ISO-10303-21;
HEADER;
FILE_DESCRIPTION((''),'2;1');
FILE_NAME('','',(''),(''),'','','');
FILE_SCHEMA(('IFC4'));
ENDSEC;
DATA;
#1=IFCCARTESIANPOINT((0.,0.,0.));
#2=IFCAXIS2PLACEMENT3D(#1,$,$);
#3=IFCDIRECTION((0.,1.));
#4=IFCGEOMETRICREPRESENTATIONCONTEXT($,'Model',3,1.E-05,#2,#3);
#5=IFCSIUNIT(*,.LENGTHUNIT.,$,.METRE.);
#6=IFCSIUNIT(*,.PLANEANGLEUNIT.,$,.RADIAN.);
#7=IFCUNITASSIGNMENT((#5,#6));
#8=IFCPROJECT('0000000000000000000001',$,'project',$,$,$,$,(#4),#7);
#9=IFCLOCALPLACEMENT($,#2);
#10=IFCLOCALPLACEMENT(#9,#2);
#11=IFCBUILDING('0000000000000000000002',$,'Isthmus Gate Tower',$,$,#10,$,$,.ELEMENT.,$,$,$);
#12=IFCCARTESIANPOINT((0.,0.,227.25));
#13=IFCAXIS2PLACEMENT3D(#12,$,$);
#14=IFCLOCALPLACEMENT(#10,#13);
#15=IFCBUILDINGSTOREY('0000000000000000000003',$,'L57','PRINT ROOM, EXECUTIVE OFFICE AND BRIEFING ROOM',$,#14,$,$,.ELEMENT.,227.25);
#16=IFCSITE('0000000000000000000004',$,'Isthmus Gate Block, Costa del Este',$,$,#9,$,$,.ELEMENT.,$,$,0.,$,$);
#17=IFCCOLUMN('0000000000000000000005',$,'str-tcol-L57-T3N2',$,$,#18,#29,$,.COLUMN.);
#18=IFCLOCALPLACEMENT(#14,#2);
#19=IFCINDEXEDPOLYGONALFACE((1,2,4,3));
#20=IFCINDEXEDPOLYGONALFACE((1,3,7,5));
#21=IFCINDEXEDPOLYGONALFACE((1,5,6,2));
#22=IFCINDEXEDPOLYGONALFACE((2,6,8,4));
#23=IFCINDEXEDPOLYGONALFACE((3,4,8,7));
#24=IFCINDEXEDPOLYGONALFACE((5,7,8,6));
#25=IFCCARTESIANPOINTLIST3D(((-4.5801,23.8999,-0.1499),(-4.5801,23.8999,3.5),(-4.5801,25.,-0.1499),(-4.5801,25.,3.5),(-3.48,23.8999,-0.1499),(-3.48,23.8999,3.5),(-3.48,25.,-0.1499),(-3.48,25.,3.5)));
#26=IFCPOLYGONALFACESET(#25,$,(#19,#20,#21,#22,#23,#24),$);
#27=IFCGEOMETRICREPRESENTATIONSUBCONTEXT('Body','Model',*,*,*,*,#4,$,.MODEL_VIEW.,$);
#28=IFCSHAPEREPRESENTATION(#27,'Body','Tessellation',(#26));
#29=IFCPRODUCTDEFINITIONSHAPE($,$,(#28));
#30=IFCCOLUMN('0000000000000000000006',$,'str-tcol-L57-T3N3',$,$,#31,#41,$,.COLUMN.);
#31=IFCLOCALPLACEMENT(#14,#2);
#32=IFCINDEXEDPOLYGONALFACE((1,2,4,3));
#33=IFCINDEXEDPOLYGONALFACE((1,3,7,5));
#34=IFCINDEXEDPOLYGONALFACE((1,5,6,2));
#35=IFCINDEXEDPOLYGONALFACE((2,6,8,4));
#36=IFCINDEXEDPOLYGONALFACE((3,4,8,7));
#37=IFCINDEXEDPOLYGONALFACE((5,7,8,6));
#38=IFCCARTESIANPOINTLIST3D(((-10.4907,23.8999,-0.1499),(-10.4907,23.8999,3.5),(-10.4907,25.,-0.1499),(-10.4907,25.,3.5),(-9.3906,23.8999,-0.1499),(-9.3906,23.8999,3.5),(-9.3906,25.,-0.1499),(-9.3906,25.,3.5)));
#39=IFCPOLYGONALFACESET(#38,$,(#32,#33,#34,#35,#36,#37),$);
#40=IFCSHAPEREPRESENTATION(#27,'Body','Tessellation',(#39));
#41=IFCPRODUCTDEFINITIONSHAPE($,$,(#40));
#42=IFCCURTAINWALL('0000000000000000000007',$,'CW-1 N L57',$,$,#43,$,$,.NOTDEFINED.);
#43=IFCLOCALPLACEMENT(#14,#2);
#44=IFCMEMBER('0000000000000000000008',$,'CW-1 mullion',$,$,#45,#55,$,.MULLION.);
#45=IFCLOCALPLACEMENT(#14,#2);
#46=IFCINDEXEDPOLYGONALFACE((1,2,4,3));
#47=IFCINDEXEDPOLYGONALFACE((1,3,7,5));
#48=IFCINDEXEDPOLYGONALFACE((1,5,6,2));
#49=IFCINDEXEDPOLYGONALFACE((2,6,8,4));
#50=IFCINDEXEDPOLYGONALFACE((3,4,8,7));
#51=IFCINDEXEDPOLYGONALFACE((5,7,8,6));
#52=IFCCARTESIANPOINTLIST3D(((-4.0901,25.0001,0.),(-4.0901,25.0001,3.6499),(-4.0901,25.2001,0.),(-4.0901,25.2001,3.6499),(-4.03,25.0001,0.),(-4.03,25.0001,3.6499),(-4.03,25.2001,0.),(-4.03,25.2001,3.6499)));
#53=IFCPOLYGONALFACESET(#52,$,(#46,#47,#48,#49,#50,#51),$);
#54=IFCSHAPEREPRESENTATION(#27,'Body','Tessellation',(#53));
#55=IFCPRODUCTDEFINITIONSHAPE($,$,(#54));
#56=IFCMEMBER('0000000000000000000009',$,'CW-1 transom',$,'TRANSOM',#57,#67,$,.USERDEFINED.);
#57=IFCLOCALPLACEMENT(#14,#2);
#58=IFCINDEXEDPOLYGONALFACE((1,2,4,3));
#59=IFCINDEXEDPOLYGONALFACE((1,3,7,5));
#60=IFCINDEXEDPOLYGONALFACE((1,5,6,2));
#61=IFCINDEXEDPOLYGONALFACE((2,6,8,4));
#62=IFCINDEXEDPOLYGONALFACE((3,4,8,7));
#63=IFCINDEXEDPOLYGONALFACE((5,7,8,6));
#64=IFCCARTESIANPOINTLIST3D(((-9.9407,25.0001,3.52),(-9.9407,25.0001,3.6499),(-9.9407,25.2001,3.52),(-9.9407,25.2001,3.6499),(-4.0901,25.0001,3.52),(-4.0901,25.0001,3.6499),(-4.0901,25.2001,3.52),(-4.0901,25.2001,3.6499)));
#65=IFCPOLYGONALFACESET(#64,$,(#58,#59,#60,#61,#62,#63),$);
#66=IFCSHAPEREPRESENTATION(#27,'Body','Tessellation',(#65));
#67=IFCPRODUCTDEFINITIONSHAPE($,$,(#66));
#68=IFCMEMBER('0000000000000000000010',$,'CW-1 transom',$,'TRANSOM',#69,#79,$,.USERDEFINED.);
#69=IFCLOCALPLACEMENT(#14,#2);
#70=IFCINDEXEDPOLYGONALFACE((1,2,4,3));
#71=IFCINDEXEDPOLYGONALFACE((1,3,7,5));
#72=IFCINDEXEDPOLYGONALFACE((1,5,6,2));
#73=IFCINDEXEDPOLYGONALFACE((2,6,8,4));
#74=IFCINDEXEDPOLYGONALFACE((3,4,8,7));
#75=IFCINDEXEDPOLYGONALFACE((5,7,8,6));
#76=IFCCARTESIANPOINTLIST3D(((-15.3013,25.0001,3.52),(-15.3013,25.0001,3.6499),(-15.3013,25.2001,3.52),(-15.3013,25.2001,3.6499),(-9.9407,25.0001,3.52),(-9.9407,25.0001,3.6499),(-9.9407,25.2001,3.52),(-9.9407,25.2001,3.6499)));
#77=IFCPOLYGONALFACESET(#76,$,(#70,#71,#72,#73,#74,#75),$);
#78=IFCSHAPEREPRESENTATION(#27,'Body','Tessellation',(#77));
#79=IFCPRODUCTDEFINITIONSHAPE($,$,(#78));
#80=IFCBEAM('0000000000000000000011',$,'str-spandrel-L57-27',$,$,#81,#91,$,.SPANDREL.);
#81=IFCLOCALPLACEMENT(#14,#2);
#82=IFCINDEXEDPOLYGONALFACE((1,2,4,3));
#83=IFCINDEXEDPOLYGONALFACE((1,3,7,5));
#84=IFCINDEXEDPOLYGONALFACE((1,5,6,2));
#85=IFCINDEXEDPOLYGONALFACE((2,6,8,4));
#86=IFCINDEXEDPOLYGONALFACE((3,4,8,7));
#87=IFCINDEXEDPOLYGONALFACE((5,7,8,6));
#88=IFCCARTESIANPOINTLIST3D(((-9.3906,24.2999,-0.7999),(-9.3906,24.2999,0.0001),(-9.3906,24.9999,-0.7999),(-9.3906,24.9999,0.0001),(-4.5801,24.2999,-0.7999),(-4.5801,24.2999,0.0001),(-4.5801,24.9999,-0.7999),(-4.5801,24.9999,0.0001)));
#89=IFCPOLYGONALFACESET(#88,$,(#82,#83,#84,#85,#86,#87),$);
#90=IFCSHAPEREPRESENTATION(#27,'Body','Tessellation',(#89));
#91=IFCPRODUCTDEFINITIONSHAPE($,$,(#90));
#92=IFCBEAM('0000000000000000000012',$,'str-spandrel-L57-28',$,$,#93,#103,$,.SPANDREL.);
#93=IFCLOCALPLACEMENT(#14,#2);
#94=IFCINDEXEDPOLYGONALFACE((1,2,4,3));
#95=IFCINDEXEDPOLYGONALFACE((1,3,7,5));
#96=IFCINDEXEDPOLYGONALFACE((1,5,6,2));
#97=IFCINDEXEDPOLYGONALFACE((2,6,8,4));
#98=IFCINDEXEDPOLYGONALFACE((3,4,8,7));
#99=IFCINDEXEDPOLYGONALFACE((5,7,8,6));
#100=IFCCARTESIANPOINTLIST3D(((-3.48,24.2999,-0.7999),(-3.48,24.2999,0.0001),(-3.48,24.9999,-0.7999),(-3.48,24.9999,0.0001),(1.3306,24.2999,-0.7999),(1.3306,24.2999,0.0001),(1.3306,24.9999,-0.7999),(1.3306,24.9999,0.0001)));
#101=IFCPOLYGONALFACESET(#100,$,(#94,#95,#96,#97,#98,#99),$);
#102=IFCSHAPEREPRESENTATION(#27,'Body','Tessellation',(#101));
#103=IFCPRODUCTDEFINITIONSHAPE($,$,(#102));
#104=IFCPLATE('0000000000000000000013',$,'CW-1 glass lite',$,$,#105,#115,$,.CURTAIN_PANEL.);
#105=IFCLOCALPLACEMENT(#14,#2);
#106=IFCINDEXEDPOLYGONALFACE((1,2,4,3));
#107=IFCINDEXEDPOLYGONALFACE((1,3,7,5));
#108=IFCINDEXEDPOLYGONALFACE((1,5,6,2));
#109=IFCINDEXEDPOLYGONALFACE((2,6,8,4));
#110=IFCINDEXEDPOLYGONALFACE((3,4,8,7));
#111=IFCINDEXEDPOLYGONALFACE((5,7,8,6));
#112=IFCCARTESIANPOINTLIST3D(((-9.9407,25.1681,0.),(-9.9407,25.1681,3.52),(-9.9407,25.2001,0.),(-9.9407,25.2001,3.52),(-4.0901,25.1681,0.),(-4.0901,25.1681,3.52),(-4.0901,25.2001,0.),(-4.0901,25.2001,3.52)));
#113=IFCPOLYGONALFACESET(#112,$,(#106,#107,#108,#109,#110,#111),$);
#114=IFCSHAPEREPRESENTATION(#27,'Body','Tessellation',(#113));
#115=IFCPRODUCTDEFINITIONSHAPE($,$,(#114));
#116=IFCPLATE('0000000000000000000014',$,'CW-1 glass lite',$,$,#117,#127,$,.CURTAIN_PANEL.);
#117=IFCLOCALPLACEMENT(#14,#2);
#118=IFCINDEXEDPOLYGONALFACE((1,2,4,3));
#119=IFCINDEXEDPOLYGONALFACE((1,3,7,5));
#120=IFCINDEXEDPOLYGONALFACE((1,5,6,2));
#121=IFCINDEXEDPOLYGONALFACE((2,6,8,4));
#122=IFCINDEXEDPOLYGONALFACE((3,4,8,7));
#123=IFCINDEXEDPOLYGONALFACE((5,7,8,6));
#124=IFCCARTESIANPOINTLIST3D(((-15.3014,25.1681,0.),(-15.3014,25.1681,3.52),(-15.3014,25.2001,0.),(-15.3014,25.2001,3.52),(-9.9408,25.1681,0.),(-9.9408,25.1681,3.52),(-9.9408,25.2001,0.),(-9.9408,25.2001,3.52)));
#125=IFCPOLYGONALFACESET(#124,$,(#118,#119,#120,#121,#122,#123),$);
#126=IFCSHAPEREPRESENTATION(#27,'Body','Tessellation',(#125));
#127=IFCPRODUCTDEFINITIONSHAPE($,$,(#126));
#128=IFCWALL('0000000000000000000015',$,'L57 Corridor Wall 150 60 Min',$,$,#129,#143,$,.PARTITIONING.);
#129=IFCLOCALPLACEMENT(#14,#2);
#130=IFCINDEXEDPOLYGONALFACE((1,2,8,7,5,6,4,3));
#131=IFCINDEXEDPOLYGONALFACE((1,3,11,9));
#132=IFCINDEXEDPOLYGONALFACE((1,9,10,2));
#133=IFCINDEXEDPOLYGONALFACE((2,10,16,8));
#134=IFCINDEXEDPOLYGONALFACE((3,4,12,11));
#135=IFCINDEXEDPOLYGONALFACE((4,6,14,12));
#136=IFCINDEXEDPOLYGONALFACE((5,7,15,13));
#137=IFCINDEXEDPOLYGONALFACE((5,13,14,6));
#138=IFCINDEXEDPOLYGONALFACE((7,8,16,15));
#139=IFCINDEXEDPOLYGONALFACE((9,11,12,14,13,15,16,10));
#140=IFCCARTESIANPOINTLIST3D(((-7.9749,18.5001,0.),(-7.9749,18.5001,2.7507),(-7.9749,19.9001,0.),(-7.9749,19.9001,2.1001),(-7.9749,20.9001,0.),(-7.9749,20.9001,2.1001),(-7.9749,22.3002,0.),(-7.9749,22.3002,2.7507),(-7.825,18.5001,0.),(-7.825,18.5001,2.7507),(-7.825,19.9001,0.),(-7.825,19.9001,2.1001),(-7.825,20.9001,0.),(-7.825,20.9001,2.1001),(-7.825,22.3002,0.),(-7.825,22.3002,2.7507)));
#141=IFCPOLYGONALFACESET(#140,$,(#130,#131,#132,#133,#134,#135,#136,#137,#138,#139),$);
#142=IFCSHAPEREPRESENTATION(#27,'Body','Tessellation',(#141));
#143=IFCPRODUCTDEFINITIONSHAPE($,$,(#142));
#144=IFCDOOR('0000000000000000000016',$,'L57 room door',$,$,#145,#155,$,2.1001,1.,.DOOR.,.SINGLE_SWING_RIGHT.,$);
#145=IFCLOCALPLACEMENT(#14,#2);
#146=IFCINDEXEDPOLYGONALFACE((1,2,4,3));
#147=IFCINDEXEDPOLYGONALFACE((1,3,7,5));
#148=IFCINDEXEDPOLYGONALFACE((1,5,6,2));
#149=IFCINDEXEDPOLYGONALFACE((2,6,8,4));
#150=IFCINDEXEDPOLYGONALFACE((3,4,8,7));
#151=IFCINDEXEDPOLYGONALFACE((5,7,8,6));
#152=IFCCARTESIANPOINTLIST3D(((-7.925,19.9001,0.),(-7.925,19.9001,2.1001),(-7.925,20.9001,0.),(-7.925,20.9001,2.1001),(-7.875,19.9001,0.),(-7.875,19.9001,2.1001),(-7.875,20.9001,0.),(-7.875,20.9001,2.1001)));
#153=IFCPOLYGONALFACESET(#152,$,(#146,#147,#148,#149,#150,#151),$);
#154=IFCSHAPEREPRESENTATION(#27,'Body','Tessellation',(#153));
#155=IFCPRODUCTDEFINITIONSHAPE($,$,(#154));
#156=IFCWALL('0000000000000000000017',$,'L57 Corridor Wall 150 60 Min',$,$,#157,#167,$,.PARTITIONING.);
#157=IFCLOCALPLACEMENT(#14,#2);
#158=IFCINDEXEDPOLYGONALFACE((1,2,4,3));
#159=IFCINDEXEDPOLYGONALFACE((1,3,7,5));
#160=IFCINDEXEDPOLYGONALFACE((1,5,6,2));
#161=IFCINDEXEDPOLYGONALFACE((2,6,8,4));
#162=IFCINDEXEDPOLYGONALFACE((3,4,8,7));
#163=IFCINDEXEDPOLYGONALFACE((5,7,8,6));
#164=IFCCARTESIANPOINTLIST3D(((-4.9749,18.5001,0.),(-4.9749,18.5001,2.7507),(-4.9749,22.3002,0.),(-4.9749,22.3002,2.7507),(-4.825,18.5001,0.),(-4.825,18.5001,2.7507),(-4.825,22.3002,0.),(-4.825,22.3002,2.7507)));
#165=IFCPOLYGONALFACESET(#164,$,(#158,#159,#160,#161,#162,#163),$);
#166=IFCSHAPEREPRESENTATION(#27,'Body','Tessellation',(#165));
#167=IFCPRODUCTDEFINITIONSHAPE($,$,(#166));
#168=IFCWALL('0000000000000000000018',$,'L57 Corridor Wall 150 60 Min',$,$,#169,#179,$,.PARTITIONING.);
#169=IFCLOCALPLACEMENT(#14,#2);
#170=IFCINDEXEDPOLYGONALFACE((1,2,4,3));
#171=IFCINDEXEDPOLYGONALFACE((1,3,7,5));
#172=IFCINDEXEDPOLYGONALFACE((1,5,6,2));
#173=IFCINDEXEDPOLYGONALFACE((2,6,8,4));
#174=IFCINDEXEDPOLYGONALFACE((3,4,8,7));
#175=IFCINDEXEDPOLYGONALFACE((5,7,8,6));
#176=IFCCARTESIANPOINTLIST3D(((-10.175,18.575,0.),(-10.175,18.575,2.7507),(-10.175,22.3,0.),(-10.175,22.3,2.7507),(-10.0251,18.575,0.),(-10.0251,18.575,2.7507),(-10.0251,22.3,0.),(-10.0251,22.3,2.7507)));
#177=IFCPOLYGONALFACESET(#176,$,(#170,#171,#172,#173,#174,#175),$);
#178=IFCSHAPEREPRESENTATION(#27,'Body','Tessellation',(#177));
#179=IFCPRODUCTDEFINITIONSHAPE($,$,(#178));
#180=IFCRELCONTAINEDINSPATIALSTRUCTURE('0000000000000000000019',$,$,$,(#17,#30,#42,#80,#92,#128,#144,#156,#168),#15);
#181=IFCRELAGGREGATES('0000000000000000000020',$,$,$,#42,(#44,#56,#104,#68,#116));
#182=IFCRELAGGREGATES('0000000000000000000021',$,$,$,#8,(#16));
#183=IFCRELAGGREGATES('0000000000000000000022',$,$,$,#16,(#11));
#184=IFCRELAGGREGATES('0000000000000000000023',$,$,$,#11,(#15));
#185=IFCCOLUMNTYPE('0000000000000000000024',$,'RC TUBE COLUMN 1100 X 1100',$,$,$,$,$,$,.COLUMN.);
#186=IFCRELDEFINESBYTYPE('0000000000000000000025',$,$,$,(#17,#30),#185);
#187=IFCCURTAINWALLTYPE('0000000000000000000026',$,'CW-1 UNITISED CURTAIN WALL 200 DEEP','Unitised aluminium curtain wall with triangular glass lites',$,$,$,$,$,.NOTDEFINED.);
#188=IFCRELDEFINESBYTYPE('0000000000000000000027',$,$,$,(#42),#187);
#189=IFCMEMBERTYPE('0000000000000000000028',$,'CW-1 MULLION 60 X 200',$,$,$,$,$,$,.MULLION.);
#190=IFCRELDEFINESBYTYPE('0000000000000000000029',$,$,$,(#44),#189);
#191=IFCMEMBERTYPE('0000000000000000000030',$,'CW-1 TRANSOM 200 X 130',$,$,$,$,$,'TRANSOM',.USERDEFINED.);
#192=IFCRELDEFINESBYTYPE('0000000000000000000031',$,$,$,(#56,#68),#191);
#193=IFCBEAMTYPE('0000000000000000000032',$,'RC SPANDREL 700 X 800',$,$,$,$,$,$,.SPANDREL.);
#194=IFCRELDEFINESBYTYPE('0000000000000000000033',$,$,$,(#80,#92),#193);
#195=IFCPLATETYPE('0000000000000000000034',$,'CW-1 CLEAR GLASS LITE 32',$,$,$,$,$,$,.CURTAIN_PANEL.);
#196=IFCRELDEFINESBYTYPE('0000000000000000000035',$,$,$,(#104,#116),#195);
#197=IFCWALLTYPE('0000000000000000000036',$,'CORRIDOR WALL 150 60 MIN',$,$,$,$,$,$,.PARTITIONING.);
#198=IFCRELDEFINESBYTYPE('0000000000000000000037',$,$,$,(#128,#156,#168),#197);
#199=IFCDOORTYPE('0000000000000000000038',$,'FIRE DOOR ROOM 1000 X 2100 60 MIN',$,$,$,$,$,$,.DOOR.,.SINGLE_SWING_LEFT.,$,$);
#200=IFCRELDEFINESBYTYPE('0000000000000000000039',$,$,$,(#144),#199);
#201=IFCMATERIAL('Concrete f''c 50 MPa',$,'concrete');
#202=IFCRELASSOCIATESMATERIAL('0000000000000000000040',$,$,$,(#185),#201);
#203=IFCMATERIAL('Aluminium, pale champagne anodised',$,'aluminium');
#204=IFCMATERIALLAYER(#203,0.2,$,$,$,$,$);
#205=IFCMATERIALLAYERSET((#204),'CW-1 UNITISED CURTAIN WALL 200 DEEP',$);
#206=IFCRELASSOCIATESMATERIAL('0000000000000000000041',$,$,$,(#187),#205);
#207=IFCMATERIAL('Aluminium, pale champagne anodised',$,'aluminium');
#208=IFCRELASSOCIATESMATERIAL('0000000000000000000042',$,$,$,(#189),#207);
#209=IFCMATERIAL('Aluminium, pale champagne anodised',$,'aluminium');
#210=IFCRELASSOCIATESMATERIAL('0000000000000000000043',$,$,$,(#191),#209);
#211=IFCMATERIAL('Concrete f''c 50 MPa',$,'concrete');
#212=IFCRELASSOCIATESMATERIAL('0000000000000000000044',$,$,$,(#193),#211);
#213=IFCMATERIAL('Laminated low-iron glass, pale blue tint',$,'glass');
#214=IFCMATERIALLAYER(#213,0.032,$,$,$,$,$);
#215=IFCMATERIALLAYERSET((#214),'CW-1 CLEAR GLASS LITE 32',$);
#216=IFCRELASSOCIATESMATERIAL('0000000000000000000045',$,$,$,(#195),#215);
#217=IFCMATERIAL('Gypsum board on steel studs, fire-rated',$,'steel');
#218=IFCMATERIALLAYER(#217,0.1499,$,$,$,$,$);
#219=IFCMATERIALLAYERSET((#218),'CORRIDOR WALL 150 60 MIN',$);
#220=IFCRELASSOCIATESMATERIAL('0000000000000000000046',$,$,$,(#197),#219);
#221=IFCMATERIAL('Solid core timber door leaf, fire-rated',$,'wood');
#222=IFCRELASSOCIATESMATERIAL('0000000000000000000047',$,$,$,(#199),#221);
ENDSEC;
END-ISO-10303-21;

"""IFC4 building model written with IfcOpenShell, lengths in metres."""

from ifc_helpers import new_model, si_unit, direction, frame, frame_2d, origin, origin_2d, place, context, subcontext, project, spatial, rectangle, extrude, material, layer, layer_set, material_profile, profile_set, type_object, element, fill, aggregate, save


model = new_model("IFC4")

# Units and contexts
model_context = context("Model", 3, precision=1e-05, world=origin(), true_north=direction((0.0, 1.0)))
body_context = subcontext(model_context, "Body", "Model", "MODEL_VIEW")
ifc_project = project(units=[si_unit("LENGTHUNIT", "METRE"), si_unit("PLANEANGLEUNIT", "RADIAN")], contexts=[model_context])

# Site, building, storey
site_placement = place(None, origin())
site = spatial("IfcSite", under=ifc_project, at=site_placement, Name="Isthmus Gate Block, Costa del Este", CompositionType="ELEMENT", RefElevation=0.0)
building_placement = place(site_placement, origin())
building = spatial("IfcBuilding", under=site, at=building_placement, Name="Isthmus Gate Tower", CompositionType="ELEMENT")
storey_placement = place(building_placement, frame((0.0, 0.0, 227.25)))
storey = spatial("IfcBuildingStorey", under=building, at=storey_placement, Name="L57", Description="PRINT ROOM, EXECUTIVE OFFICE AND BRIEFING ROOM", CompositionType="ELEMENT", Elevation=227.25)

# Columns
ifc_material_1 = material(Name="Concrete f'c 50 MPa", Category="concrete")
ifc_material_profile_1 = material_profile(ifc_material_1, rectangle(XDim=1.1001, YDim=1.1001, at=origin_2d()), Name="RC 1100X1100")
ifc_profile_set_1 = profile_set([ifc_material_profile_1], Name="Concrete f'c 50 MPa")
column_type = type_object("IfcColumnType", Name="RC TUBE COLUMN 1100 X 1100", PredefinedType="COLUMN", material=ifc_profile_set_1)
for number, where, z_axis, x_axis, name in (
    (1, (-4.03, 24.45, -0.1499), (0.0, 0.0, 1.0), (-1.0, 0.0, 0.0), "str-tcol-L57-T3N2"),
    (2, (-9.9407, 24.45, -0.1499), (0.0, 0.0, 1.0), (-1.0, 0.0, 0.0), "str-tcol-L57-T3N3"),
):
    element("IfcColumn", number, at=place(storey_placement, frame(where, z_axis=z_axis, x_axis=x_axis)), inside=storey, type_object=column_type, Name=name, PredefinedType="COLUMN", context=body_context, shape_type="SweptSolid", body=[
        extrude(rectangle(XDim=1.1001, YDim=1.1001, at=origin_2d()), origin(), (0.0, 0.0, 1.0), 3.6499),
    ])

# Curtain wall, members
ifc_material_2 = material(Name="Aluminium, pale champagne anodised", Category="aluminium")
ifc_layer_1 = layer(ifc_material_2, 0.2)
ifc_layer_set_1 = layer_set([ifc_layer_1], Name="CW-1 UNITISED CURTAIN WALL 200 DEEP")
curtain_wall_type = type_object("IfcCurtainWallType", Name="CW-1 UNITISED CURTAIN WALL 200 DEEP", Description="Unitised aluminium curtain wall with triangular glass lites", PredefinedType="NOTDEFINED", material=ifc_layer_set_1)
curtain_wall_placement = place(storey_placement, origin())
curtain_wall = element("IfcCurtainWall", 3, at=curtain_wall_placement, inside=storey, type_object=curtain_wall_type, Name="CW-1 N L57", PredefinedType="NOTDEFINED")
ifc_material_3 = material(Name="Aluminium, pale champagne anodised", Category="aluminium")
ifc_material_profile_2 = material_profile(ifc_material_3, rectangle(XDim=0.0601, YDim=0.2, at=origin_2d()), Name="60x200")
ifc_profile_set_2 = profile_set([ifc_material_profile_2], Name="Aluminium, pale champagne anodised")
member_type_1 = type_object("IfcMemberType", Name="CW-1 MULLION 60 X 200", PredefinedType="MULLION", material=ifc_profile_set_2)
member_1_placement = place(storey_placement, frame((-4.0601, 25.1001, 0.0), z_axis=(0.0, 0.0, 1.0), x_axis=(-1.0, 0.0, 0.0)))
member_1 = element("IfcMember", 4, at=member_1_placement, type_object=member_type_1, Name="CW-1 mullion", PredefinedType="MULLION", context=body_context, shape_type="SweptSolid", body=[
    extrude(rectangle(XDim=0.0601, YDim=0.2, at=origin_2d()), origin(), (0.0, 0.0, 1.0), 3.6499),
])
ifc_material_4 = material(Name="Aluminium, pale champagne anodised", Category="aluminium")
ifc_material_profile_3 = material_profile(ifc_material_4, rectangle(XDim=0.2, YDim=0.1299, at=origin_2d()), Name="200x130")
ifc_profile_set_3 = profile_set([ifc_material_profile_3], Name="Aluminium, pale champagne anodised")
member_type_2 = type_object("IfcMemberType", Name="CW-1 TRANSOM 200 X 130", ElementType="TRANSOM", PredefinedType="USERDEFINED", material=ifc_profile_set_3)
member_2_placement = place(storey_placement, frame((-4.0901, 25.1001, 3.585), z_axis=(-1.0, 0.0, 0.0), x_axis=(0.0, -1.0, 0.0)))
member_2 = element("IfcMember", 5, at=member_2_placement, type_object=member_type_2, Name="CW-1 transom", ObjectType="TRANSOM", PredefinedType="USERDEFINED", context=body_context, shape_type="SweptSolid", body=[
    extrude(rectangle(XDim=0.2, YDim=0.1299, at=origin_2d()), origin(), (0.0, 0.0, 1.0), 5.8506),
])
member_3_placement = place(storey_placement, frame((-9.9407, 25.1001, 3.585), z_axis=(-1.0, 0.0, 0.0), x_axis=(0.0, -1.0, 0.0)))
member_3 = element("IfcMember", 6, at=member_3_placement, type_object=member_type_2, Name="CW-1 transom", ObjectType="TRANSOM", PredefinedType="USERDEFINED", context=body_context, shape_type="SweptSolid", body=[
    extrude(rectangle(XDim=0.2, YDim=0.1299, at=origin_2d()), origin(), (0.0, 0.0, 1.0), 5.3606),
])

# Beams
ifc_material_5 = material(Name="Concrete f'c 50 MPa", Category="concrete")
ifc_material_profile_4 = material_profile(ifc_material_5, rectangle(XDim=0.7, YDim=0.8, at=origin_2d()), Name="RC 700X800")
ifc_profile_set_4 = profile_set([ifc_material_profile_4], Name="Concrete f'c 50 MPa")
beam_type = type_object("IfcBeamType", Name="RC SPANDREL 700 X 800", PredefinedType="SPANDREL", material=ifc_profile_set_4)
for number, where, z_axis, x_axis, name in (
    (7, (-9.3906, 24.6499, -0.3999), (1.0, 0.0, 0.0), (0.0, 1.0, 0.0), "str-spandrel-L57-27"),
    (8, (-3.48, 24.6499, -0.3999), (1.0, 0.0, 0.0), (0.0, 1.0, 0.0), "str-spandrel-L57-28"),
):
    element("IfcBeam", number, at=place(storey_placement, frame(where, z_axis=z_axis, x_axis=x_axis)), inside=storey, type_object=beam_type, Name=name, PredefinedType="SPANDREL", context=body_context, shape_type="SweptSolid", body=[
        extrude(rectangle(XDim=0.7, YDim=0.8, at=origin_2d()), origin(), (0.0, 0.0, 1.0), 4.8105),
    ])

# Plates
ifc_material_6 = material(Name="Laminated low-iron glass, pale blue tint", Category="glass")
ifc_layer_2 = layer(ifc_material_6, 0.032)
ifc_layer_set_2 = layer_set([ifc_layer_2], Name="CW-1 CLEAR GLASS LITE 32")
plate_type = type_object("IfcPlateType", Name="CW-1 CLEAR GLASS LITE 32", PredefinedType="CURTAIN_PANEL", material=ifc_layer_set_2)
plate_1_placement = place(storey_placement, frame((-7.0154, 25.1841, 0.0), z_axis=(0.0, 0.0, 1.0), x_axis=(-1.0, 0.0, 0.0)))
plate_1 = element("IfcPlate", 9, at=plate_1_placement, type_object=plate_type, Name="CW-1 glass lite", PredefinedType="CURTAIN_PANEL", context=body_context, shape_type="SweptSolid", body=[
    extrude(rectangle(XDim=5.8506, YDim=0.032, at=origin_2d()), origin(), (0.0, 0.0, 1.0), 3.52),
])
plate_2_placement = place(storey_placement, frame((-12.6211, 25.1841, 0.0), z_axis=(0.0, 0.0, 1.0), x_axis=(-1.0, 0.0, 0.0)))
plate_2 = element("IfcPlate", 10, at=plate_2_placement, type_object=plate_type, Name="CW-1 glass lite", PredefinedType="CURTAIN_PANEL", context=body_context, shape_type="SweptSolid", body=[
    extrude(rectangle(XDim=5.3606, YDim=0.032, at=origin_2d()), origin(), (0.0, 0.0, 1.0), 3.52),
])
aggregate(curtain_wall, [member_1, member_2, plate_1, member_3, plate_2])

# Wall, opening, door
ifc_material_7 = material(Name="Gypsum board on steel studs, fire-rated", Category="steel")
ifc_layer_3 = layer(ifc_material_7, 0.1499)
ifc_layer_set_3 = layer_set([ifc_layer_3], Name="CORRIDOR WALL 150 60 MIN")
wall_type_1 = type_object("IfcWallType", Name="CORRIDOR WALL 150 60 MIN", PredefinedType="PARTITIONING", material=ifc_layer_set_3)
wall_1_placement = place(storey_placement, frame((-7.8999, 22.3, 0.0), z_axis=(0.0, 0.0, 1.0), x_axis=(0.0, -1.0, 0.0)))
wall_1 = element("IfcWall", 11, at=wall_1_placement, inside=storey, type_object=wall_type_1, Name="L57 Corridor Wall 150 60 Min", PredefinedType="PARTITIONING", context=body_context, shape_type="SweptSolid", body=[
    extrude(rectangle(XDim=3.8, YDim=0.1499, at=frame_2d((1.8999, 0.0))), origin(), (0.0, 0.0, 1.0), 2.7507),
])
opening_1_placement = place(wall_1_placement, frame((1.3999, 0.0, 0.0)))
opening_1 = element("IfcOpeningElement", 12, at=opening_1_placement, cuts=wall_1, PredefinedType="OPENING", context=body_context, shape_type="SweptSolid", body=[
    extrude(rectangle(XDim=1.0, YDim=2.1001, at=frame_2d((0.5, 1.05))), frame((0.0, 0.085, 0.0), z_axis=(0.0, -1.0, 0.0), x_axis=(1.0, 0.0, 0.0)), (0.0, 0.0, 1.0), 0.1699),
])
ifc_material_8 = material(Name="Solid core timber door leaf, fire-rated", Category="wood")
door_type = type_object("IfcDoorType", Name="FIRE DOOR ROOM 1000 X 2100 60 MIN", OperationType="SINGLE_SWING_LEFT", PredefinedType="DOOR", material=ifc_material_8)
door_1_placement = place(opening_1_placement, origin())
door_1 = element("IfcDoor", 13, at=door_1_placement, inside=storey, type_object=door_type, Name="L57 room door", OperationType="SINGLE_SWING_RIGHT", OverallHeight=2.1001, OverallWidth=1.0, PredefinedType="DOOR", context=body_context, shape_type="SweptSolid", body=[
    extrude(rectangle(XDim=1.0, YDim=2.1001, at=frame_2d((0.5, 1.05))), frame((0.0, 0.0249, 0.0), z_axis=(0.0, -1.0, 0.0), x_axis=(1.0, 0.0, 0.0)), (0.0, 0.0, 1.0), 0.05),
])
fill(opening_1, door_1)

# Walls
wall_2_placement = place(storey_placement, frame((-4.8999, 22.3, 0.0), z_axis=(0.0, 0.0, 1.0), x_axis=(0.0, -1.0, 0.0)))
element("IfcWall", 14, at=wall_2_placement, inside=storey, type_object=wall_type_1, Name="L57 Corridor Wall 150 60 Min", PredefinedType="PARTITIONING", context=body_context, shape_type="SweptSolid", body=[
    extrude(rectangle(XDim=3.8, YDim=0.1499, at=frame_2d((1.8999, 0.0))), origin(), (0.0, 0.0, 1.0), 2.7507),
])
wall_3_placement = place(storey_placement, frame((-10.1001, 18.575, 0.0), z_axis=(0.0, 0.0, 1.0), x_axis=(0.0, 1.0, 0.0)))
element("IfcWall", 15, at=wall_3_placement, inside=storey, type_object=wall_type_1, Name="L57 Corridor Wall 150 60 Min", PredefinedType="PARTITIONING", context=body_context, shape_type="SweptSolid", body=[
    extrude(rectangle(XDim=3.7251, YDim=0.1499, at=frame_2d((1.8625, 0.0))), origin(), (0.0, 0.0, 1.0), 2.7507),
])

save(model, "model.ifc")
